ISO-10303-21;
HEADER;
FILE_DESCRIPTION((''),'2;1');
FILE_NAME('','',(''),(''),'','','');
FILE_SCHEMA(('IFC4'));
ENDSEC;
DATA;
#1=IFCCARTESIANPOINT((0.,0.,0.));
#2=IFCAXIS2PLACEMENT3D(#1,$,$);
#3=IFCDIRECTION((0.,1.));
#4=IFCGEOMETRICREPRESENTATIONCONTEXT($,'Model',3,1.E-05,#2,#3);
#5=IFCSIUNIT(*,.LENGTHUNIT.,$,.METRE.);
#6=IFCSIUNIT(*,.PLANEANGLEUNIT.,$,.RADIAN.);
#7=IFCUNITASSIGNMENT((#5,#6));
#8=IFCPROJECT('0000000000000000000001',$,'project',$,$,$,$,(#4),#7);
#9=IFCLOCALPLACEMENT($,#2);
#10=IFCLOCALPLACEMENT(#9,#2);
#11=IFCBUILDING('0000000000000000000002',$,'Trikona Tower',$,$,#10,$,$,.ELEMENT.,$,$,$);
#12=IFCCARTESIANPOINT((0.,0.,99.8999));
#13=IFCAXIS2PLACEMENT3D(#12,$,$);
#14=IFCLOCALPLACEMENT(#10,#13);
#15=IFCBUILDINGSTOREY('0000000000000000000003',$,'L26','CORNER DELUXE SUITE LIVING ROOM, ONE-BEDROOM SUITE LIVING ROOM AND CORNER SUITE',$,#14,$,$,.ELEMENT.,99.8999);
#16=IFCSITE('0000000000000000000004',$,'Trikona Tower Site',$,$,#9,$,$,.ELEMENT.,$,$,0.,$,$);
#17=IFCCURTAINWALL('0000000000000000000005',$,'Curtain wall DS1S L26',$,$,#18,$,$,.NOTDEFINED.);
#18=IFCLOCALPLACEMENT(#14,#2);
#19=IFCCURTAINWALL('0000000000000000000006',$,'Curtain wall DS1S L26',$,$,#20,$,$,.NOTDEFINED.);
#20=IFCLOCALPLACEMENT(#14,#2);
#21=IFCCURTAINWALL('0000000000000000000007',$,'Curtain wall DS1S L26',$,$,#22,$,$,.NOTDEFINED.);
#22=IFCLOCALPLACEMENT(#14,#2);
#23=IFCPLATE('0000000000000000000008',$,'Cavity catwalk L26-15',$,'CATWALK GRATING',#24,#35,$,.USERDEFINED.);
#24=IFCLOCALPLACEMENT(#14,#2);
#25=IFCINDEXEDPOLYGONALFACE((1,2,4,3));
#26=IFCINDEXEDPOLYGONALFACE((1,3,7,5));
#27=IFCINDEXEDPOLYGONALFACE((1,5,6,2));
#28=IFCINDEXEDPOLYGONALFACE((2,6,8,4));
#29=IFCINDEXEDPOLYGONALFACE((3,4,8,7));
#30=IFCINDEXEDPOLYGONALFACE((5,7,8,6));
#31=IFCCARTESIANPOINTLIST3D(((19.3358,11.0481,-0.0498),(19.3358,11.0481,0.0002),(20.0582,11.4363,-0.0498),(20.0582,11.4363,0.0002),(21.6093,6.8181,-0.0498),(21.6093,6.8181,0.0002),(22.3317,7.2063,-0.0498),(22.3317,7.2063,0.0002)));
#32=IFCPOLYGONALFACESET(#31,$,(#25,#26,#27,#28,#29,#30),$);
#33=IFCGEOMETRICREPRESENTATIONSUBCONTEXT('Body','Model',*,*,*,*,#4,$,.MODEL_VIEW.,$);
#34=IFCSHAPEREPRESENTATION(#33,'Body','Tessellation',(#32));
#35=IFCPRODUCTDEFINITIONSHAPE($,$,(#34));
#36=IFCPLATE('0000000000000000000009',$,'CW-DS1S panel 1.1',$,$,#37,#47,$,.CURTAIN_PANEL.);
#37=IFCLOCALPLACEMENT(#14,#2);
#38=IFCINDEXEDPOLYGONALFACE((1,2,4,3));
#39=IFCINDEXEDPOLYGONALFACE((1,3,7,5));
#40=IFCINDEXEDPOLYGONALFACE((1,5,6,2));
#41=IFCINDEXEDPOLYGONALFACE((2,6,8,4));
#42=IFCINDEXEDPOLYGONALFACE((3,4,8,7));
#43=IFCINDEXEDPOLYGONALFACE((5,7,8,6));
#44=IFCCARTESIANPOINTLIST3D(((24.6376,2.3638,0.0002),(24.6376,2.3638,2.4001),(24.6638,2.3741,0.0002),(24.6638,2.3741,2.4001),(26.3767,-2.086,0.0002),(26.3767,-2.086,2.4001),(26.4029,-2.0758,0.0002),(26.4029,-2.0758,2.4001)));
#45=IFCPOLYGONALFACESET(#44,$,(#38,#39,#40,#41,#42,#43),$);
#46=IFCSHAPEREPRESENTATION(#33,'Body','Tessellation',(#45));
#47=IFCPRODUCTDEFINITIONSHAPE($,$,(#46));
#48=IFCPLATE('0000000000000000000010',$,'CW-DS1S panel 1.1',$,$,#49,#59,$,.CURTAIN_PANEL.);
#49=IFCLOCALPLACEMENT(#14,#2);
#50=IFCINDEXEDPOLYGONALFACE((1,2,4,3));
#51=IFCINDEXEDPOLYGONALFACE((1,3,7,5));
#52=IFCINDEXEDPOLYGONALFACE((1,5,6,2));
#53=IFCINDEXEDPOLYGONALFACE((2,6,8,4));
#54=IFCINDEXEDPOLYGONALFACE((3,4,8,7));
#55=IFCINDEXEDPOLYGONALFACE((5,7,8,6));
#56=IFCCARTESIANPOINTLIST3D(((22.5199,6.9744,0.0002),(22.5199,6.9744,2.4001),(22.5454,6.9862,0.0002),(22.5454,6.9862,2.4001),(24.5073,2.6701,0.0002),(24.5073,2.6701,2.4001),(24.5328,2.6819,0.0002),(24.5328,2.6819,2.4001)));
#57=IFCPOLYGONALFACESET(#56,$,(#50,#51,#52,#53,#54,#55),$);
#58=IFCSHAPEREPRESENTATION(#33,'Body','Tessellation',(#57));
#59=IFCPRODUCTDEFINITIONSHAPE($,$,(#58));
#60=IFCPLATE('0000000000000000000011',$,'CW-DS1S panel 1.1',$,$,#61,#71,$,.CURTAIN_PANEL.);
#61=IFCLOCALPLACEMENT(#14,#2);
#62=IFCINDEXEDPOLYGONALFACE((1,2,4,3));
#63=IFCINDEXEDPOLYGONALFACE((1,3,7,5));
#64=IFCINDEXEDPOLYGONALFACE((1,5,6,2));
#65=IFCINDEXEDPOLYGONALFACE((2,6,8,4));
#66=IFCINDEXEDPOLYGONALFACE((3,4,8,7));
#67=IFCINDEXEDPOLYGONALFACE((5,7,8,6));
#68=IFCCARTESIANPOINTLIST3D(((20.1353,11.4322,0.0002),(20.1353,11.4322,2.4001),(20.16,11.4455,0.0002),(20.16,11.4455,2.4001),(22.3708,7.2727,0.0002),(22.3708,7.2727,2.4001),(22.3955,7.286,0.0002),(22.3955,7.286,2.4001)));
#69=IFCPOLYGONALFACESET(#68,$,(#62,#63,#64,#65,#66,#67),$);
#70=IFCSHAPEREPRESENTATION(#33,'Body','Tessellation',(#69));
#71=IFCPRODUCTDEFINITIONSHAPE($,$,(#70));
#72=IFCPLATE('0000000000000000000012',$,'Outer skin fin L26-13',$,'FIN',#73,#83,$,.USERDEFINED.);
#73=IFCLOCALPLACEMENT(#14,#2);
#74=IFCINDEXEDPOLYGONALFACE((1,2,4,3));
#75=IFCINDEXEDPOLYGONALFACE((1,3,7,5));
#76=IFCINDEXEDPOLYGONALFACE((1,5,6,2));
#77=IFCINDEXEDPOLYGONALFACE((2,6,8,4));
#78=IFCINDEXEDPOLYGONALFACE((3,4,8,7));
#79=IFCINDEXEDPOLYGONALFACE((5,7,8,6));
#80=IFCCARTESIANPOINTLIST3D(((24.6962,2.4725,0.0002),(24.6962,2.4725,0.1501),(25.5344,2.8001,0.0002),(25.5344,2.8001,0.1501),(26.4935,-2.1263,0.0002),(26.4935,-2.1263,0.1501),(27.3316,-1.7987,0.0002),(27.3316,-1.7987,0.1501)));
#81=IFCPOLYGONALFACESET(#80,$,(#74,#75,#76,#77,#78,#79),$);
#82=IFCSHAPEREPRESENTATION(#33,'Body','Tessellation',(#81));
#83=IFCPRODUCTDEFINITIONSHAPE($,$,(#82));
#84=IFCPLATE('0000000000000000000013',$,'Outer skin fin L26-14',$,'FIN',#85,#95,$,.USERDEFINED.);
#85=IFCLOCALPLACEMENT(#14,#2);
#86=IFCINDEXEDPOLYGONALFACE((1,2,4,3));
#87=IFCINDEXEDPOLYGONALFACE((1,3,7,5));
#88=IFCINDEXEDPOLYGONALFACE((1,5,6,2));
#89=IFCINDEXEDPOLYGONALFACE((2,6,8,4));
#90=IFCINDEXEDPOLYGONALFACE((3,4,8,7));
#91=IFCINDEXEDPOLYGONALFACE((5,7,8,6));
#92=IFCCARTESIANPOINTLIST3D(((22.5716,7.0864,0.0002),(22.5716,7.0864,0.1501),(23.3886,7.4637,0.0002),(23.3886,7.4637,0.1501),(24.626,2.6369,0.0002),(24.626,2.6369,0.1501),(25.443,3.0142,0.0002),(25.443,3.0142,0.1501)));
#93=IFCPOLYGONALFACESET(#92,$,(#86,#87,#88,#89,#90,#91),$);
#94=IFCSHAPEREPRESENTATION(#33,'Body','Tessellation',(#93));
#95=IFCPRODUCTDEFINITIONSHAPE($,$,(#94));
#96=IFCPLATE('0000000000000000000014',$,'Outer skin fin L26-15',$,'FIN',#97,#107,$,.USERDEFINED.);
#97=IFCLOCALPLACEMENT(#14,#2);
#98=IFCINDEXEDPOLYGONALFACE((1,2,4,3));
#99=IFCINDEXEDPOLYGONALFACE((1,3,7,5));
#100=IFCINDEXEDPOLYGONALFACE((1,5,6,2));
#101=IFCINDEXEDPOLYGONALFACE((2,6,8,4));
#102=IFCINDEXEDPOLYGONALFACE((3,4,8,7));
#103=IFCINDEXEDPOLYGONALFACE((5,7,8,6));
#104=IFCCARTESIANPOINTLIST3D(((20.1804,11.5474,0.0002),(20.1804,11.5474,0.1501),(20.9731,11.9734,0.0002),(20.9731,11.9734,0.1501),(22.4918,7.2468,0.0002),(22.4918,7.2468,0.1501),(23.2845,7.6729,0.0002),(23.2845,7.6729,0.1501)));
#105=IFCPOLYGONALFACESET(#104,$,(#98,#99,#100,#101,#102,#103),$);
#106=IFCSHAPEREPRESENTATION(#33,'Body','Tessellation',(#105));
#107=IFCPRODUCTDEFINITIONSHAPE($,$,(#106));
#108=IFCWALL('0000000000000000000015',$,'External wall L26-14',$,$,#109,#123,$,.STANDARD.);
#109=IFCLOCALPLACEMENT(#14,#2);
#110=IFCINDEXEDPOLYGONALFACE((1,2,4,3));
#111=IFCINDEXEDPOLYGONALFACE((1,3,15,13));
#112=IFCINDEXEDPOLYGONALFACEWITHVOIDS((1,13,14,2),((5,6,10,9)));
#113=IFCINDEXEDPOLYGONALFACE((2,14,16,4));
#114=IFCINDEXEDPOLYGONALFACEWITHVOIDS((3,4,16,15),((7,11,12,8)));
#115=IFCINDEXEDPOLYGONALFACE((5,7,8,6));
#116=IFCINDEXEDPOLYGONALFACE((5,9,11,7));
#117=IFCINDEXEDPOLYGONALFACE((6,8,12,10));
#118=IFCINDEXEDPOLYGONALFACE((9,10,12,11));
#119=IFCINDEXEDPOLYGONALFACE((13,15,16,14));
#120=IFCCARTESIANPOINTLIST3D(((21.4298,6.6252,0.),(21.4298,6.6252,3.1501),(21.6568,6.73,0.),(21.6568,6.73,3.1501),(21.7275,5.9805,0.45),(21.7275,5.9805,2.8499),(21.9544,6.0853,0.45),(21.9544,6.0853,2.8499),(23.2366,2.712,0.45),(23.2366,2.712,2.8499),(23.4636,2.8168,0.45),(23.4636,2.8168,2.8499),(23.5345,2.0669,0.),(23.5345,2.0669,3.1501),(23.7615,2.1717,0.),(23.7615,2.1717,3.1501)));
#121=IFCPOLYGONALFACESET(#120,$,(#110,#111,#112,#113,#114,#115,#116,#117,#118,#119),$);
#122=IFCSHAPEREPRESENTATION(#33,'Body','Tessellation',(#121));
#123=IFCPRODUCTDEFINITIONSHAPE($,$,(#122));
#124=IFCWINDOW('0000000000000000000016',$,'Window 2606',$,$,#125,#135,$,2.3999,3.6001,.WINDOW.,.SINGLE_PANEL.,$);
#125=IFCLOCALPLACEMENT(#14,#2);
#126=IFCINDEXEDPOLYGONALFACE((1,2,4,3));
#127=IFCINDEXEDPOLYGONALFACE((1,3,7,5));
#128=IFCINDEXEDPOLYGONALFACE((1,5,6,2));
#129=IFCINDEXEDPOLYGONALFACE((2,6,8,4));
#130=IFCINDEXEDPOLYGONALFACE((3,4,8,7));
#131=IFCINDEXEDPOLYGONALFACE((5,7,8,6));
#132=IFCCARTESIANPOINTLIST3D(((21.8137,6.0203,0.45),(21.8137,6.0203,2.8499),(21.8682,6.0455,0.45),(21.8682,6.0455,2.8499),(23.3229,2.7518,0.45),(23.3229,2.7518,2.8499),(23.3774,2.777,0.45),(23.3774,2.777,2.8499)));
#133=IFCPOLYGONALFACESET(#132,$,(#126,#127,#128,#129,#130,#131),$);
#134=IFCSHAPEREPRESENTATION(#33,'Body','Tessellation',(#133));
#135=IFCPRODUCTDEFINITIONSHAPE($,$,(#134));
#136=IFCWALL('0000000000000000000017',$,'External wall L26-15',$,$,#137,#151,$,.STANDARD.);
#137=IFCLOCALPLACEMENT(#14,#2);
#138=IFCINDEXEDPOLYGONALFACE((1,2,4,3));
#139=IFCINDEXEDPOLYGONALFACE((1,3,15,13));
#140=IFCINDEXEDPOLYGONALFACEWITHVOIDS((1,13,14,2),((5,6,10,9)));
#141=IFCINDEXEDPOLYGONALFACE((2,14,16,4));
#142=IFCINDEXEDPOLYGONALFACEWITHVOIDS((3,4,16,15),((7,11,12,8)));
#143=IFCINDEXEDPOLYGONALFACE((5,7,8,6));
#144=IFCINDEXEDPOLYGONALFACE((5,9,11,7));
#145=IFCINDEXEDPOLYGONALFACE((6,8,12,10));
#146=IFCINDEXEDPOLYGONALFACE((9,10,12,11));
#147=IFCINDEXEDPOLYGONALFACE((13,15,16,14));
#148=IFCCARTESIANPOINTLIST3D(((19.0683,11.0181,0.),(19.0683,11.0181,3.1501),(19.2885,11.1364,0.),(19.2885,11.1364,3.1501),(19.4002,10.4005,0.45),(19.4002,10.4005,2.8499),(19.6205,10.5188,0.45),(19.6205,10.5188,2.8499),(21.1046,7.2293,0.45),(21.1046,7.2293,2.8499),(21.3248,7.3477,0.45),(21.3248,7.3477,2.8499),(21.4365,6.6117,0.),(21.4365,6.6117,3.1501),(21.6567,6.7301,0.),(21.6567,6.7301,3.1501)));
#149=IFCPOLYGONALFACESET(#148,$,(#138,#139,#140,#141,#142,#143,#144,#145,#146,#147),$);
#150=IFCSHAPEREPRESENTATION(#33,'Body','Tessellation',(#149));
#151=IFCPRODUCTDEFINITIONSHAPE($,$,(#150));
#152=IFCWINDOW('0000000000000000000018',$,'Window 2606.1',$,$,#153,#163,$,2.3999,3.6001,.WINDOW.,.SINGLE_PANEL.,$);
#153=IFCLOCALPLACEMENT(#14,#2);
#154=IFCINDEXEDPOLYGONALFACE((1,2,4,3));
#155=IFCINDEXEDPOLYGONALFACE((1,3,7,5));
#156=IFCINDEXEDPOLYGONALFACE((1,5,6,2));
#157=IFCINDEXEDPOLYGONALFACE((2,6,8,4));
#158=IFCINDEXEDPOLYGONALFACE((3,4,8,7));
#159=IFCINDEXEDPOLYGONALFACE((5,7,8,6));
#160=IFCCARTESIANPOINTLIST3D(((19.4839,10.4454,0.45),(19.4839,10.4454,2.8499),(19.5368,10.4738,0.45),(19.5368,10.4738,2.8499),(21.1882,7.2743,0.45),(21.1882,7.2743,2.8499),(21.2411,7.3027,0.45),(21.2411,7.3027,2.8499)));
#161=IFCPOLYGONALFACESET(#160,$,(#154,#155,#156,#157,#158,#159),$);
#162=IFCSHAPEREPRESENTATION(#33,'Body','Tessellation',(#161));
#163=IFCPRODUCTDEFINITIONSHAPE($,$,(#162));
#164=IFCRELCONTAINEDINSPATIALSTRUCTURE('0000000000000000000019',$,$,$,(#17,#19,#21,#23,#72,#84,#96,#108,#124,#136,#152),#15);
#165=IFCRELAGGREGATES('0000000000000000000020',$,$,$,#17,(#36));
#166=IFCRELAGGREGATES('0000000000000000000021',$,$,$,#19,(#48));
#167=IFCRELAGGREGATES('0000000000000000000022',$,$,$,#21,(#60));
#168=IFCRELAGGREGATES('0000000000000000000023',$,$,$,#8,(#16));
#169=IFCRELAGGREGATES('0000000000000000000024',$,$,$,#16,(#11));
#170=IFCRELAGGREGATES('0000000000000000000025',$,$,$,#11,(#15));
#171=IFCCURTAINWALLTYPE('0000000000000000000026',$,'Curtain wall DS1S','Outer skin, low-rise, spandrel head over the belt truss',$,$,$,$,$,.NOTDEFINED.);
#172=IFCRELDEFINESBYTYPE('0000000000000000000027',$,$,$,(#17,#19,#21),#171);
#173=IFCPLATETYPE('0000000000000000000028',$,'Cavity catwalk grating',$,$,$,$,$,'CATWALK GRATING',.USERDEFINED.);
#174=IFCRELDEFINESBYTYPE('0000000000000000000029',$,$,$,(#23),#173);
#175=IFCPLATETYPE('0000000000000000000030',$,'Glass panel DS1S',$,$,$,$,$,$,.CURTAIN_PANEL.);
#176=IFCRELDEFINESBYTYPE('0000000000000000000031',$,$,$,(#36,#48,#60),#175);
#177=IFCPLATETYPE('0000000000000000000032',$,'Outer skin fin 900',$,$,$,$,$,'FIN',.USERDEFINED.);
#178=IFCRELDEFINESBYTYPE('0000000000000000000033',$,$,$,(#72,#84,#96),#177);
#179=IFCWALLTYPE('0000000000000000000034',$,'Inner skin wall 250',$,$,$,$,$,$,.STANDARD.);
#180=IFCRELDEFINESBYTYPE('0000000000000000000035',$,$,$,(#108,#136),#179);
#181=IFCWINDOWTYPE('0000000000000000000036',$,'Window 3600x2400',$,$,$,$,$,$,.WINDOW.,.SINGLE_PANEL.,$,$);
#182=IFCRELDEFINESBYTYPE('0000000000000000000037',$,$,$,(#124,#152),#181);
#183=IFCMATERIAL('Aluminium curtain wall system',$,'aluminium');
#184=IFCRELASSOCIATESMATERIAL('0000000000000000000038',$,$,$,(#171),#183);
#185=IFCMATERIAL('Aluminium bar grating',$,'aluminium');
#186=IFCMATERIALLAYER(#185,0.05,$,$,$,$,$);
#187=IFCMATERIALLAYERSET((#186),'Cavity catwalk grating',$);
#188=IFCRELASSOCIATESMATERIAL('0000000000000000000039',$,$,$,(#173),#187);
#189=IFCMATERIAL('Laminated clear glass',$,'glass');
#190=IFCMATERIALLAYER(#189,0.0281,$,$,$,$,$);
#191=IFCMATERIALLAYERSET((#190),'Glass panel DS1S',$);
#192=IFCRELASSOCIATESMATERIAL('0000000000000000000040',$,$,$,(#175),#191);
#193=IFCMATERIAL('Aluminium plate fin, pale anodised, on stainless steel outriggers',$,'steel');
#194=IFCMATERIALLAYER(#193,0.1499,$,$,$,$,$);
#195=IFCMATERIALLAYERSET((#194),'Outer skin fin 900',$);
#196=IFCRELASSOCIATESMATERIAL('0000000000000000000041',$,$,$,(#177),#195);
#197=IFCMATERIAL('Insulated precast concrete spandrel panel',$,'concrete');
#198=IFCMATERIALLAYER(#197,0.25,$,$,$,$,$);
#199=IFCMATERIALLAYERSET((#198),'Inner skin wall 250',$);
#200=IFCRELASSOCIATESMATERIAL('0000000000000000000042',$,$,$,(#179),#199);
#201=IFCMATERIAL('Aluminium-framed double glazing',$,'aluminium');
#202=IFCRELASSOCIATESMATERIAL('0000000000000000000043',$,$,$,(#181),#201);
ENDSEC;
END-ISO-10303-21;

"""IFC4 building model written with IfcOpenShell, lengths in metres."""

from ifc_helpers import new_model, si_unit, direction, frame, frame_2d, origin, origin_2d, place, context, subcontext, project, spatial, rectangle, extrude, material, layer, layer_set, type_object, element, fill, aggregate, save


model = new_model("IFC4")

# Units and contexts
model_context = context("Model", 3, precision=1e-05, world=origin(), true_north=direction((0.0, 1.0)))
body_context = subcontext(model_context, "Body", "Model", "MODEL_VIEW")
ifc_project = project(units=[si_unit("LENGTHUNIT", "METRE"), si_unit("PLANEANGLEUNIT", "RADIAN")], contexts=[model_context])

# Site, building, storey
site_placement = place(None, origin())
site = spatial("IfcSite", under=ifc_project, at=site_placement, Name="Trikona Tower Site", CompositionType="ELEMENT", RefElevation=0.0)
building_placement = place(site_placement, origin())
building = spatial("IfcBuilding", under=site, at=building_placement, Name="Trikona Tower", CompositionType="ELEMENT")
storey_placement = place(building_placement, frame((0.0, 0.0, 99.8999)))
storey = spatial("IfcBuildingStorey", under=building, at=storey_placement, Name="L26", Description="CORNER DELUXE SUITE LIVING ROOM, ONE-BEDROOM SUITE LIVING ROOM AND CORNER SUITE", CompositionType="ELEMENT", Elevation=99.8999)

# Curtain wall
ifc_material_1 = material(Name="Aluminium curtain wall system", Category="aluminium")
curtain_wall_type = type_object("IfcCurtainWallType", Name="Curtain wall DS1S", Description="Outer skin, low-rise, spandrel head over the belt truss", PredefinedType="NOTDEFINED", material=ifc_material_1)
curtain_wall_1_placement = place(storey_placement, origin())
curtain_wall_1 = element("IfcCurtainWall", 1, at=curtain_wall_1_placement, inside=storey, type_object=curtain_wall_type, Name="Curtain wall DS1S L26", PredefinedType="NOTDEFINED")

# Curtain walls
curtain_wall_2_placement = place(storey_placement, origin())
curtain_wall_2 = element("IfcCurtainWall", 2, at=curtain_wall_2_placement, inside=storey, type_object=curtain_wall_type, Name="Curtain wall DS1S L26", PredefinedType="NOTDEFINED")
curtain_wall_3_placement = place(storey_placement, origin())
curtain_wall_3 = element("IfcCurtainWall", 3, at=curtain_wall_3_placement, inside=storey, type_object=curtain_wall_type, Name="Curtain wall DS1S L26", PredefinedType="NOTDEFINED")

# Plate
ifc_material_2 = material(Name="Aluminium bar grating", Category="aluminium")
ifc_layer_1 = layer(ifc_material_2, 0.05)
ifc_layer_set_1 = layer_set([ifc_layer_1], Name="Cavity catwalk grating")
plate_type_1 = type_object("IfcPlateType", Name="Cavity catwalk grating", ElementType="CATWALK GRATING", PredefinedType="USERDEFINED", material=ifc_layer_set_1)
plate_1_placement = place(storey_placement, frame((20.8337, 9.1272, -0.0498), z_axis=(0.0, 0.0, 1.0), x_axis=(-0.473423, 0.880835, 0.0)))
element("IfcPlate", 4, at=plate_1_placement, inside=storey, type_object=plate_type_1, Name="Cavity catwalk L26-15", ObjectType="CATWALK GRATING", PredefinedType="USERDEFINED", context=body_context, shape_type="SweptSolid", body=[
    extrude(rectangle(XDim=4.8022, YDim=0.8201, at=origin_2d()), origin(), (0.0, 0.0, 1.0), 0.05),
])

# Plates
ifc_material_3 = material(Name="Laminated clear glass", Category="glass")
ifc_layer_2 = layer(ifc_material_3, 0.0281)
ifc_layer_set_2 = layer_set([ifc_layer_2], Name="Glass panel DS1S")
plate_type_2 = type_object("IfcPlateType", Name="Glass panel DS1S", PredefinedType="CURTAIN_PANEL", material=ifc_layer_set_2)
plate_2_placement = place(storey_placement, frame((25.5203, 0.144, 0.0002), z_axis=(0.0, 0.0, 1.0), x_axis=(-0.364008, 0.931396, 0.0)))
plate_2 = element("IfcPlate", 5, at=plate_2_placement, type_object=plate_type_2, Name="CW-DS1S panel 1.1", PredefinedType="CURTAIN_PANEL", context=body_context, shape_type="SweptSolid", body=[
    extrude(rectangle(XDim=4.7776, YDim=0.0281, at=origin_2d()), origin(), (0.0, 0.0, 1.0), 2.3999),
])
aggregate(curtain_wall_1, [plate_2])
plate_3_placement = place(storey_placement, frame((23.5264, 4.8281, 0.0002), z_axis=(0.0, 0.0, 1.0), x_axis=(-0.41919, 0.907898, 0.0)))
plate_3 = element("IfcPlate", 6, at=plate_3_placement, type_object=plate_type_2, Name="CW-DS1S panel 1.1", PredefinedType="CURTAIN_PANEL", context=body_context, shape_type="SweptSolid", body=[
    extrude(rectangle(XDim=4.741, YDim=0.0281, at=origin_2d()), origin(), (0.0, 0.0, 1.0), 2.3999),
])
aggregate(curtain_wall_2, [plate_3])
plate_4_placement = place(storey_placement, frame((21.2654, 9.3591, 0.0002), z_axis=(0.0, 0.0, 1.0), x_axis=(-0.473408, 0.880843, 0.0)))
plate_4 = element("IfcPlate", 7, at=plate_4_placement, type_object=plate_type_2, Name="CW-DS1S panel 1.1", PredefinedType="CURTAIN_PANEL", context=body_context, shape_type="SweptSolid", body=[
    extrude(rectangle(XDim=4.7222, YDim=0.0281, at=origin_2d()), origin(), (0.0, 0.0, 1.0), 2.3999),
])
aggregate(curtain_wall_3, [plate_4])

# Plates
ifc_material_4 = material(Name="Aluminium plate fin, pale anodised, on stainless steel outriggers", Category="steel")
ifc_layer_3 = layer(ifc_material_4, 0.1499)
ifc_layer_set_3 = layer_set([ifc_layer_3], Name="Outer skin fin 900")
plate_type_3 = type_object("IfcPlateType", Name="Outer skin fin 900", ElementType="FIN", PredefinedType="USERDEFINED", material=ifc_layer_set_3)
plate_5_placement = place(storey_placement, frame((26.0139, 0.3369, 0.0002), z_axis=(0.0, 0.0, 1.0), x_axis=(-0.364009, 0.931395, 0.0)))
element("IfcPlate", 8, at=plate_5_placement, inside=storey, type_object=plate_type_3, Name="Outer skin fin L26-13", ObjectType="FIN", PredefinedType="USERDEFINED", context=body_context, shape_type="SweptSolid", body=[
    extrude(rectangle(XDim=4.9375, YDim=0.8999, at=origin_2d()), origin(), (0.0, 0.0, 1.0), 0.1499),
])
plate_6_placement = place(storey_placement, frame((24.0073, 5.0503, 0.0002), z_axis=(0.0, 0.0, 1.0), x_axis=(-0.419194, 0.907897, 0.0)))
element("IfcPlate", 9, at=plate_6_placement, inside=storey, type_object=plate_type_3, Name="Outer skin fin L26-14", ObjectType="FIN", PredefinedType="USERDEFINED", context=body_context, shape_type="SweptSolid", body=[
    extrude(rectangle(XDim=4.9009, YDim=0.8999, at=origin_2d()), origin(), (0.0, 0.0, 1.0), 0.1499),
])
plate_7_placement = place(storey_placement, frame((21.7324, 9.6101, 0.0002), z_axis=(0.0, 0.0, 1.0), x_axis=(-0.473423, 0.880835, 0.0)))
element("IfcPlate", 10, at=plate_7_placement, inside=storey, type_object=plate_type_3, Name="Outer skin fin L26-15", ObjectType="FIN", PredefinedType="USERDEFINED", context=body_context, shape_type="SweptSolid", body=[
    extrude(rectangle(XDim=4.8823, YDim=0.8999, at=origin_2d()), origin(), (0.0, 0.0, 1.0), 0.1499),
])

# Walls, openings, windows
ifc_material_5 = material(Name="Insulated precast concrete spandrel panel", Category="concrete")
ifc_layer_4 = layer(ifc_material_5, 0.25)
ifc_layer_set_4 = layer_set([ifc_layer_4], Name="Inner skin wall 250")
wall_type = type_object("IfcWallType", Name="Inner skin wall 250", PredefinedType="STANDARD", material=ifc_layer_set_4)
wall_1_placement = place(storey_placement, frame((23.6479, 2.1194, 0.0), z_axis=(0.0, 0.0, 1.0), x_axis=(-0.419203, 0.907892, 0.0)))
wall_1 = element("IfcWall", 11, at=wall_1_placement, inside=storey, type_object=wall_type, Name="External wall L26-14", PredefinedType="STANDARD", context=body_context, shape_type="SweptSolid", body=[
    extrude(rectangle(XDim=5.0208, YDim=0.25, at=frame_2d((2.5103, 0.0))), origin(), (0.0, 0.0, 1.0), 3.1501),
])
opening_1_placement = place(wall_1_placement, frame((0.7104, 0.0, 0.45)))
opening_1 = element("IfcOpeningElement", 12, at=opening_1_placement, cuts=wall_1, PredefinedType="OPENING", context=body_context, shape_type="SweptSolid", body=[
    extrude(rectangle(XDim=3.6001, YDim=2.3999, at=frame_2d((1.8, 1.2))), frame((0.0, 0.135, 0.0), z_axis=(0.0, -1.0, 0.0), x_axis=(1.0, 0.0, 0.0)), (0.0, 0.0, 1.0), 0.27),
])
ifc_material_6 = material(Name="Aluminium-framed double glazing", Category="aluminium")
window_type = type_object("IfcWindowType", Name="Window 3600x2400", PartitioningType="SINGLE_PANEL", PredefinedType="WINDOW", material=ifc_material_6)
window_1_placement = place(opening_1_placement, origin())
window_1 = element("IfcWindow", 13, at=window_1_placement, inside=storey, type_object=window_type, Name="Window 2606", OverallHeight=2.3999, OverallWidth=3.6001, PartitioningType="SINGLE_PANEL", PredefinedType="WINDOW", context=body_context, shape_type="SweptSolid", body=[
    extrude(rectangle(XDim=3.6001, YDim=2.3999, at=frame_2d((1.8, 1.2))), frame((0.0, 0.03, 0.0), z_axis=(0.0, -1.0, 0.0), x_axis=(1.0, 0.0, 0.0)), (0.0, 0.0, 1.0), 0.0601),
])
fill(opening_1, window_1)
wall_2_placement = place(storey_placement, frame((21.5466, 6.6709, 0.0), z_axis=(0.0, 0.0, 1.0), x_axis=(-0.473413, 0.880841, 0.0)))
wall_2 = element("IfcWall", 14, at=wall_2_placement, inside=storey, type_object=wall_type, Name="External wall L26-15", PredefinedType="STANDARD", context=body_context, shape_type="SweptSolid", body=[
    extrude(rectangle(XDim=5.0024, YDim=0.25, at=frame_2d((2.5012, 0.0))), origin(), (0.0, 0.0, 1.0), 3.1501),
])
opening_2_placement = place(wall_2_placement, frame((0.7012, 0.0, 0.45)))
opening_2 = element("IfcOpeningElement", 15, at=opening_2_placement, cuts=wall_2, PredefinedType="OPENING", context=body_context, shape_type="SweptSolid", body=[
    extrude(rectangle(XDim=3.6001, YDim=2.3999, at=frame_2d((1.8, 1.2))), frame((0.0, 0.135, 0.0), z_axis=(0.0, -1.0, 0.0), x_axis=(1.0, 0.0, 0.0)), (0.0, 0.0, 1.0), 0.27),
])
window_2_placement = place(opening_2_placement, origin())
window_2 = element("IfcWindow", 16, at=window_2_placement, inside=storey, type_object=window_type, Name="Window 2606.1", OverallHeight=2.3999, OverallWidth=3.6001, PartitioningType="SINGLE_PANEL", PredefinedType="WINDOW", context=body_context, shape_type="SweptSolid", body=[
    extrude(rectangle(XDim=3.6001, YDim=2.3999, at=frame_2d((1.8, 1.2))), frame((0.0, 0.03, 0.0), z_axis=(0.0, -1.0, 0.0), x_axis=(1.0, 0.0, 0.0)), (0.0, 0.0, 1.0), 0.0601),
])
fill(opening_2, window_2)

save(model, "model.ifc")
